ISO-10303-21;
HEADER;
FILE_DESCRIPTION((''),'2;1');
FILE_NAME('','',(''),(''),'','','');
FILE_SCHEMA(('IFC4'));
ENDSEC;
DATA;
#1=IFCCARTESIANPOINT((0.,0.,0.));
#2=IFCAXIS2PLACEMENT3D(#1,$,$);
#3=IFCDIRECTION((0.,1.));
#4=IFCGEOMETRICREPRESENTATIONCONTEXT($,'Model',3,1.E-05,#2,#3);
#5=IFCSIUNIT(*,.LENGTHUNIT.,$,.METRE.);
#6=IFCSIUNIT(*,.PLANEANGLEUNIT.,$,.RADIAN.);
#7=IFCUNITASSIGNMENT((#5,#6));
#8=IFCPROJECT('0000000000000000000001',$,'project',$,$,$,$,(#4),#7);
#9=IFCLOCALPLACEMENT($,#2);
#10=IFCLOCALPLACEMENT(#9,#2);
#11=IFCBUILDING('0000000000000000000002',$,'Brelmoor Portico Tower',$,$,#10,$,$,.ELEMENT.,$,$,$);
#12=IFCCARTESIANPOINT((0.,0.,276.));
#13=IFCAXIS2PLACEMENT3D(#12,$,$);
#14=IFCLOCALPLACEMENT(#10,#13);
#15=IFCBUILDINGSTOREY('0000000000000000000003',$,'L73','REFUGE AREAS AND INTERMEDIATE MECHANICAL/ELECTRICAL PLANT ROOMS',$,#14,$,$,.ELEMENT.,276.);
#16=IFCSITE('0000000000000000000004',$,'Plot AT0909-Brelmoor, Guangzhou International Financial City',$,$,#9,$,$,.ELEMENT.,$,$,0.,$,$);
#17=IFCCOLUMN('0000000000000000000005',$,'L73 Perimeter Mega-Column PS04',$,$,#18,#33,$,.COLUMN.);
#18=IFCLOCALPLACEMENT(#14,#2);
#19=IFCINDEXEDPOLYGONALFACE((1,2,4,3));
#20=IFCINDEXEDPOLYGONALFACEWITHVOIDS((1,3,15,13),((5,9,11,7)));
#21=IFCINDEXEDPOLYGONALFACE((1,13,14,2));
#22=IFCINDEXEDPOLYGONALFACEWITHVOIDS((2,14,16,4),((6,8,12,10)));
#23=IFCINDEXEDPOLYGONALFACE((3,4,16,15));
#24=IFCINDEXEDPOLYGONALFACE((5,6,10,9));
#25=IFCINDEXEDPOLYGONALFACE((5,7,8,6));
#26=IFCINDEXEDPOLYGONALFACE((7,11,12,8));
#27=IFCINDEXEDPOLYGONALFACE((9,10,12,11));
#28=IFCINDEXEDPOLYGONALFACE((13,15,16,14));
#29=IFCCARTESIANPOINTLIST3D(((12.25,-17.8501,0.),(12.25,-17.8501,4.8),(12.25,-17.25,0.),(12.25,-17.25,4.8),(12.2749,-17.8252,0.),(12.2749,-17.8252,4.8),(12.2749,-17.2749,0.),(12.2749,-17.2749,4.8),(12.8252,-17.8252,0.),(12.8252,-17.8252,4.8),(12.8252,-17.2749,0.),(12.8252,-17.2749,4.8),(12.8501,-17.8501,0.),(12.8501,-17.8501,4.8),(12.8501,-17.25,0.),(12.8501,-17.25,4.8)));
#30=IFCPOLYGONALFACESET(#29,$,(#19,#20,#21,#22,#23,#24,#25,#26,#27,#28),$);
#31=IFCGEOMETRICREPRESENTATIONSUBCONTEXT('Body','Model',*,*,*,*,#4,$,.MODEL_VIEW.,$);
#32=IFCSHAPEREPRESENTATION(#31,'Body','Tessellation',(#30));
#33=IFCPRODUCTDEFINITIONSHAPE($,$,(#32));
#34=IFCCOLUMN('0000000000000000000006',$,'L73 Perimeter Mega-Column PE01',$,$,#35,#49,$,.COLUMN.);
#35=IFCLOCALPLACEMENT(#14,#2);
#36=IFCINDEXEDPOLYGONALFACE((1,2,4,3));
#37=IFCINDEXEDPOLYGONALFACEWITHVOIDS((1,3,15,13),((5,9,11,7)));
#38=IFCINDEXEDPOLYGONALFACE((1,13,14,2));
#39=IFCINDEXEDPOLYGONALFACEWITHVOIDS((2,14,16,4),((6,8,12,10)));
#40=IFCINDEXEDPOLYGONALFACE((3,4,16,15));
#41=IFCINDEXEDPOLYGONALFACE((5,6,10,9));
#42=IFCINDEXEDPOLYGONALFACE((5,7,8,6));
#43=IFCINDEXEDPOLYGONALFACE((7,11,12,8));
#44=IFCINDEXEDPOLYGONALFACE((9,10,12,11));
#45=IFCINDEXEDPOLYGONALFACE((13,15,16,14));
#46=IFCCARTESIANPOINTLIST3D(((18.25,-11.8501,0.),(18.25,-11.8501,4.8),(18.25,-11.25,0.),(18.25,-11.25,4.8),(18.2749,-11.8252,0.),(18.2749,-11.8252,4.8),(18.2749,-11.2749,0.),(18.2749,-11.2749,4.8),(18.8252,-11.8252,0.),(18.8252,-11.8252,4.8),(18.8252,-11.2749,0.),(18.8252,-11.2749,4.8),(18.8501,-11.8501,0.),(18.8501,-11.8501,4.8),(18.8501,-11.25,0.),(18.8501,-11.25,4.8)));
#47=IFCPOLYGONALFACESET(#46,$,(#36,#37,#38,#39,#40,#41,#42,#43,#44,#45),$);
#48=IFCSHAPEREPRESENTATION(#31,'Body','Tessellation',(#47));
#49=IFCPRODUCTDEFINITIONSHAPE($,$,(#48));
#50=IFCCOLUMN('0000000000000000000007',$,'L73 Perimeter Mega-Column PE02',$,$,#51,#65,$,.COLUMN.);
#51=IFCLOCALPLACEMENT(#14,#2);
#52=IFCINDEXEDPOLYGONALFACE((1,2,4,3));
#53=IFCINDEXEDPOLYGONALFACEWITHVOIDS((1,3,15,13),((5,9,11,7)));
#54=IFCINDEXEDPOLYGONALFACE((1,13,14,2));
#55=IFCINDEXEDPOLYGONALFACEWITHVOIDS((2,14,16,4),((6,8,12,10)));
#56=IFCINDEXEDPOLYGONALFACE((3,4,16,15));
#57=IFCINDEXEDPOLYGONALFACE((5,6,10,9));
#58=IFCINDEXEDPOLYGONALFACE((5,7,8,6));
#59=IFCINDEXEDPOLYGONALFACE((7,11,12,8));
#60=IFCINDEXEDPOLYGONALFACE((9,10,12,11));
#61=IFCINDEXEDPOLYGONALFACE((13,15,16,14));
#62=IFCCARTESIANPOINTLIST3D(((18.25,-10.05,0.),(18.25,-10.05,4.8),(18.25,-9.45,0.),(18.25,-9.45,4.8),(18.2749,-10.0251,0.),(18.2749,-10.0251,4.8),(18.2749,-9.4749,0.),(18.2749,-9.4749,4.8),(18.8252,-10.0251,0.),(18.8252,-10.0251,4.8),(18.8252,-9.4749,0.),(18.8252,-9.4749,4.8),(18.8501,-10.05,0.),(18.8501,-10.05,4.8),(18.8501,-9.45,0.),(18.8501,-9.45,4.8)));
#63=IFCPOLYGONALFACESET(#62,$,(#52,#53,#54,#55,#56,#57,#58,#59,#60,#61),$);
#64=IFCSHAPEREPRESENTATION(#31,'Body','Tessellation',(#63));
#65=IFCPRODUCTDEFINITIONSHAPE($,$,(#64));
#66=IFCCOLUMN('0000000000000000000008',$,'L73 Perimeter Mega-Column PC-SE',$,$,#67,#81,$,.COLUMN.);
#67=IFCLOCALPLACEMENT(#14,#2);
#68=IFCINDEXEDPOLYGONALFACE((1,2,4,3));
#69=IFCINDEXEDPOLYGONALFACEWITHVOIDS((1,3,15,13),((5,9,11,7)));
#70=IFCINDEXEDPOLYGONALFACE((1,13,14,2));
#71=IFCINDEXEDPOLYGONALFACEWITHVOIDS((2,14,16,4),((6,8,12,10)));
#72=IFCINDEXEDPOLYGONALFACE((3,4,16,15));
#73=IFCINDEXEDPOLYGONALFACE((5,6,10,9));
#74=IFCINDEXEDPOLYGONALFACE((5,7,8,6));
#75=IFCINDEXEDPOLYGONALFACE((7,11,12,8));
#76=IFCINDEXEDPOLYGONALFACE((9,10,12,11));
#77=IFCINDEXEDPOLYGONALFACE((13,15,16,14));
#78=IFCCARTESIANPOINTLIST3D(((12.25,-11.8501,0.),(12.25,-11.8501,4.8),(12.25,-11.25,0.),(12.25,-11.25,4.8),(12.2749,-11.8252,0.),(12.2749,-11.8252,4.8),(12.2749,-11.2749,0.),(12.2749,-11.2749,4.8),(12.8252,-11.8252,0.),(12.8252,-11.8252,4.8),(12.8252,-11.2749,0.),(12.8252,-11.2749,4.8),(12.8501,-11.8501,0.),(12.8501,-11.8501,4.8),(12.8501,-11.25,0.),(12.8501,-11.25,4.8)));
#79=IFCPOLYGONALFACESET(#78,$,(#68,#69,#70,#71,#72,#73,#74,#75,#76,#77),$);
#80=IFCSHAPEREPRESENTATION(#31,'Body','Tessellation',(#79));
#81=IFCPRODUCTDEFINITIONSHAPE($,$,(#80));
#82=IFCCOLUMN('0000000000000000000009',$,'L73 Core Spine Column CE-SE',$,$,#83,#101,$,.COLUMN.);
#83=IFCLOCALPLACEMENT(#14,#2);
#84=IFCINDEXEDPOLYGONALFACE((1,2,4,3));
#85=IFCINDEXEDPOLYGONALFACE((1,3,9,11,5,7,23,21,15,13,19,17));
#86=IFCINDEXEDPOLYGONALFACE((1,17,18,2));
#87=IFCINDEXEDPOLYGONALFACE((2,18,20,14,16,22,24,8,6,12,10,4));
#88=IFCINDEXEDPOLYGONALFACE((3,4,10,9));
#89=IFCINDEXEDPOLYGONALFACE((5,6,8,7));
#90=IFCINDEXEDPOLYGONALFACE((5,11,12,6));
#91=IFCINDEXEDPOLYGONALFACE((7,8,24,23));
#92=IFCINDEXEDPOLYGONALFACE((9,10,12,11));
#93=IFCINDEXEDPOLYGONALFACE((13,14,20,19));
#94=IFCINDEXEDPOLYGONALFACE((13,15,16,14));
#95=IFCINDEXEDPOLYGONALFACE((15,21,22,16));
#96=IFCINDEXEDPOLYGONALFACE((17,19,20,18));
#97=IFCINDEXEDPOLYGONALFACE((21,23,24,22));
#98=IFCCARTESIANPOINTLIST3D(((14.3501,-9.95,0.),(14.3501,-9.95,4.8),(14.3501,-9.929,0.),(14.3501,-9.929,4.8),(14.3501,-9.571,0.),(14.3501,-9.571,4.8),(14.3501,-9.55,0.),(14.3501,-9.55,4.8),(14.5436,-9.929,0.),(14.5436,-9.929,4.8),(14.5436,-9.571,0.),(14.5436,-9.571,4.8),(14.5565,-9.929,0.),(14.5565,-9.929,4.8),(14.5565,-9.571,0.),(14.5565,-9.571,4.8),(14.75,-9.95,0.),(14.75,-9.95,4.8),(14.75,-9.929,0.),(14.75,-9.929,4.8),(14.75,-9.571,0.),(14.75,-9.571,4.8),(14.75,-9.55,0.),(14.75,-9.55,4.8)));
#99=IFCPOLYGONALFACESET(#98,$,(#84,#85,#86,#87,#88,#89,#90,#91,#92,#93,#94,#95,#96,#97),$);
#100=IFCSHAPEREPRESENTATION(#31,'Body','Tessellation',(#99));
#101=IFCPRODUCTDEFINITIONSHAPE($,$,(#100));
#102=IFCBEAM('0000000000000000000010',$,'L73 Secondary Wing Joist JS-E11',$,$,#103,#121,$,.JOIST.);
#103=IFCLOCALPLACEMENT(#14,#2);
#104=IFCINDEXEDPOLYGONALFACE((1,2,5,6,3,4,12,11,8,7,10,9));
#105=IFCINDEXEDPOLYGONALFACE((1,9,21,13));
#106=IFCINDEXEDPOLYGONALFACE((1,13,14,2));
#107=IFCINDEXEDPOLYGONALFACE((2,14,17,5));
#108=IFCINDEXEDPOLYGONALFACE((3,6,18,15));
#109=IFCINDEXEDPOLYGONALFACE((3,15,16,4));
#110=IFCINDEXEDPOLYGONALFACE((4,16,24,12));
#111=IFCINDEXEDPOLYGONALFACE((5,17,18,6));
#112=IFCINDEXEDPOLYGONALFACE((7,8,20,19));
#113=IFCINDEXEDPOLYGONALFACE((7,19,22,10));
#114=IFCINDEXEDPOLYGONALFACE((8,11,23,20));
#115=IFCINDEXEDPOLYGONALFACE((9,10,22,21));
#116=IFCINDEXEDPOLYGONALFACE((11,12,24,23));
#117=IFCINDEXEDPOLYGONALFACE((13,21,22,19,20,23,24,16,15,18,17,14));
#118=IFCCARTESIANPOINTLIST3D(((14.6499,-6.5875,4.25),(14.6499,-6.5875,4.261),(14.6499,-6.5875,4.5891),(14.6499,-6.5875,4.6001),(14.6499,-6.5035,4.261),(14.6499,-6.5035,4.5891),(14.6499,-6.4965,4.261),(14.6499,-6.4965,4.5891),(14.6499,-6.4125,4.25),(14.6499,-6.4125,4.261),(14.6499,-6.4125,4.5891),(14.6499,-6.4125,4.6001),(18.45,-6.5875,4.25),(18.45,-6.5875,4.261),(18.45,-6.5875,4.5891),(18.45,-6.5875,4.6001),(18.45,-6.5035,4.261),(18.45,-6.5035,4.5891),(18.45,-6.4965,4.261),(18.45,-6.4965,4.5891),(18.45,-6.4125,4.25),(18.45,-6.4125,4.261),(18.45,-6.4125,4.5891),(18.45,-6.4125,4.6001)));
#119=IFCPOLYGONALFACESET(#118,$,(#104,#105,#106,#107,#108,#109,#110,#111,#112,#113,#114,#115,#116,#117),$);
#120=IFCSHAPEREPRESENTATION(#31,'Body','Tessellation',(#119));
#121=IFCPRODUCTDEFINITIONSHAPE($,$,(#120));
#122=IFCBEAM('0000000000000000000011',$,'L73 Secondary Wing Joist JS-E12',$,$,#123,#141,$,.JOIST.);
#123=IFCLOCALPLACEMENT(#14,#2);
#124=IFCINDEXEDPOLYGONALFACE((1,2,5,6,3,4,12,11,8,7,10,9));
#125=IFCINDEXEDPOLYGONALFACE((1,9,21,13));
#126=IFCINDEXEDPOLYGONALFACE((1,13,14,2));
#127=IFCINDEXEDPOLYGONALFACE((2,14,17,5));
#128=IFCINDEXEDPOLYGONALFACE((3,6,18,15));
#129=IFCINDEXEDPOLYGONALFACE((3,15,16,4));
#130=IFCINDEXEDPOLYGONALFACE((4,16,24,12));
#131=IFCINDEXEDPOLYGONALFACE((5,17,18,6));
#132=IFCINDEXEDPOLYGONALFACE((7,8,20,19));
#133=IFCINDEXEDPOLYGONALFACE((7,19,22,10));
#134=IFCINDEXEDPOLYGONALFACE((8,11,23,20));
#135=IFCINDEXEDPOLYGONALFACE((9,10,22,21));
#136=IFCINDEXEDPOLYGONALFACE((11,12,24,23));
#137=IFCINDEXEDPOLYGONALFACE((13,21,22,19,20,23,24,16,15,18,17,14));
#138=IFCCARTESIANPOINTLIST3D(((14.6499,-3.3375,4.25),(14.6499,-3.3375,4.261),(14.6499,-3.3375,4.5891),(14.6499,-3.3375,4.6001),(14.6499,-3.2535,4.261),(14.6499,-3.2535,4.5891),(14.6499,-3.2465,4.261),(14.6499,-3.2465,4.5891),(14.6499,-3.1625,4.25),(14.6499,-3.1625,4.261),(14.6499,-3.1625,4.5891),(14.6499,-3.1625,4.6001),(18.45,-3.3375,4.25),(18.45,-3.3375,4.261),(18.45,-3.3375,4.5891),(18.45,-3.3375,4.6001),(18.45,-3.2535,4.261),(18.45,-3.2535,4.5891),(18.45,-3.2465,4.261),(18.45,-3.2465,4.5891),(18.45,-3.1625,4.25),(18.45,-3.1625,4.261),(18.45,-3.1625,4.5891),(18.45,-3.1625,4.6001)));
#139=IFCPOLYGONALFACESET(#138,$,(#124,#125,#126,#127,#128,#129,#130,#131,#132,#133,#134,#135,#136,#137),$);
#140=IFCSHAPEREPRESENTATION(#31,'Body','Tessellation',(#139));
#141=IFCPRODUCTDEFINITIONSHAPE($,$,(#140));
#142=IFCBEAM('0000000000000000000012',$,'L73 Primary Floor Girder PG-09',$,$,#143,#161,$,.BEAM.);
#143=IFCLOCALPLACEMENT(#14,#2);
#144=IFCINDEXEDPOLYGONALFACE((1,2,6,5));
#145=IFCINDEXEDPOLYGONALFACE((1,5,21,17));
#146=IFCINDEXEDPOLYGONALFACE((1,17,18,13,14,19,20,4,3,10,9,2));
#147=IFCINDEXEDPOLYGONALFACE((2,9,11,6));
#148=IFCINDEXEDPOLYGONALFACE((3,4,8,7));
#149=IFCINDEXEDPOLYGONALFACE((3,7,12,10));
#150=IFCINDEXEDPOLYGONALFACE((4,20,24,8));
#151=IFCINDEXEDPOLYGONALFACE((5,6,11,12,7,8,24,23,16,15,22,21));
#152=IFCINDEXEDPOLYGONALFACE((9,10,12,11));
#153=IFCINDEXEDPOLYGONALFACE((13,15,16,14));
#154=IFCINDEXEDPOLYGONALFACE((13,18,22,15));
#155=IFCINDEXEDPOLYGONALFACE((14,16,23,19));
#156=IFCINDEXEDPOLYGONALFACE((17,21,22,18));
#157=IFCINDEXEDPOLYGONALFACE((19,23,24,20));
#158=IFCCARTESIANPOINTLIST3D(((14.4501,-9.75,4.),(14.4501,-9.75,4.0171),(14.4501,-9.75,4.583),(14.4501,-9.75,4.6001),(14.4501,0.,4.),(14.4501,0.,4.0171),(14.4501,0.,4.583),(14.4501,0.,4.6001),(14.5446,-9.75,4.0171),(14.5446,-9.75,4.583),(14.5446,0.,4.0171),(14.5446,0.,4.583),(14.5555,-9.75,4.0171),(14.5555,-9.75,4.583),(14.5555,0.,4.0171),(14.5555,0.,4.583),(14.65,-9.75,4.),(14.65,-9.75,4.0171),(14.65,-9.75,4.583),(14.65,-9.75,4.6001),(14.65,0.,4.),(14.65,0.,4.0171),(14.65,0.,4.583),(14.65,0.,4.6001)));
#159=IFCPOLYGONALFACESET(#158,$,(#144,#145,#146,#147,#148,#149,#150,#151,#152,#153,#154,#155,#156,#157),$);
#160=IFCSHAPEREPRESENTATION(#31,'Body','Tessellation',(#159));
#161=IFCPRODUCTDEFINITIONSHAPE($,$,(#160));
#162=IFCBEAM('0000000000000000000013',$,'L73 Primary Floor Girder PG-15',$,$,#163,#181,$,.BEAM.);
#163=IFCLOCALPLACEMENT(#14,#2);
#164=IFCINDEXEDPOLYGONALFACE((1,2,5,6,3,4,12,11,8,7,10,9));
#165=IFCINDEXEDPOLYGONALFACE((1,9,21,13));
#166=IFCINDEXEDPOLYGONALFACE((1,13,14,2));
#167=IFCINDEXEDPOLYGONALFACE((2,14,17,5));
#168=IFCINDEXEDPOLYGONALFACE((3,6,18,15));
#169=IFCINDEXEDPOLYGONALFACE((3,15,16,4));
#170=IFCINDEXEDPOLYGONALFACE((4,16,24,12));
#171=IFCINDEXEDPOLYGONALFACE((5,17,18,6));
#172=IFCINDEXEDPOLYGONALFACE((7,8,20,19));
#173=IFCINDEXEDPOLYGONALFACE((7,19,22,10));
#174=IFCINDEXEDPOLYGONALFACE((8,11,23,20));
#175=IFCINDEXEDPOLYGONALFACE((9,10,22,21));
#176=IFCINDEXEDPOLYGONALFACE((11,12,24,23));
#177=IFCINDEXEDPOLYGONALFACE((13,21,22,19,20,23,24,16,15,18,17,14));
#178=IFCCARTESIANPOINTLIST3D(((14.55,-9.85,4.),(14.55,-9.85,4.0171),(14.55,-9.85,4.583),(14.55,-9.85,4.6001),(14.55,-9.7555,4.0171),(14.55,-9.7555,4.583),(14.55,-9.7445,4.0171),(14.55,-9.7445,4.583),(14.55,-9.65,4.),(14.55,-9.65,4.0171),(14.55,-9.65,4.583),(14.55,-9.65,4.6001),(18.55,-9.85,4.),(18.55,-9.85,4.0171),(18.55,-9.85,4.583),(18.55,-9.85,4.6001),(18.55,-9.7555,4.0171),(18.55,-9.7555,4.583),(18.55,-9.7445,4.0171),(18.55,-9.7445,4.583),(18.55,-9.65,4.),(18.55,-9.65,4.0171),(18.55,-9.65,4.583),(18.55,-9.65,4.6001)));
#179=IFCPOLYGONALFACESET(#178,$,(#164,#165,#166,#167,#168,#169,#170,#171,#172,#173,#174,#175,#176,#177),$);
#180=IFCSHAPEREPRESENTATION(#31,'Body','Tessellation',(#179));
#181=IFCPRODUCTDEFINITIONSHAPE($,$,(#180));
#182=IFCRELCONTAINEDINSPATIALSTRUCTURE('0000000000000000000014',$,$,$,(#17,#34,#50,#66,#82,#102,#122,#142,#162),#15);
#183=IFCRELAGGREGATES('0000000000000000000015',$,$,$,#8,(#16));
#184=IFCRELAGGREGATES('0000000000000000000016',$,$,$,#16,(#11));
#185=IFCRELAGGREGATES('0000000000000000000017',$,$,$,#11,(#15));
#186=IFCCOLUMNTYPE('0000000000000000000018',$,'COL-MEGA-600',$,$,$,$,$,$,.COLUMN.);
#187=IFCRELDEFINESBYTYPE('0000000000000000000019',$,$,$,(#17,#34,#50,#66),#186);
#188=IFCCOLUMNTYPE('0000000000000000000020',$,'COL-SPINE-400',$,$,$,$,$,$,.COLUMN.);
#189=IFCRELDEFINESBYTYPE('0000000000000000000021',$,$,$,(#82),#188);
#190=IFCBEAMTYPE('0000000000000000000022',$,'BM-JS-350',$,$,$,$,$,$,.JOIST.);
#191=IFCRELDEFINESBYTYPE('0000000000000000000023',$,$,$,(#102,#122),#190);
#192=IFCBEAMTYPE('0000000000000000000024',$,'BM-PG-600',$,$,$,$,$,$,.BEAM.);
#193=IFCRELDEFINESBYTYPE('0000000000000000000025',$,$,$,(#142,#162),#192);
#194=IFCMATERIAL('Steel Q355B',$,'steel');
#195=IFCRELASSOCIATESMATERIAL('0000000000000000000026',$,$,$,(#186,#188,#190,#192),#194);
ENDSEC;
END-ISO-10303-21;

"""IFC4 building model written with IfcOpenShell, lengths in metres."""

from ifc_helpers import new_model, si_unit, direction, frame, origin, origin_2d, place, context, subcontext, project, spatial, hollow_rectangle, i_section, extrude, material, material_profile, profile_set, type_object, element, save


model = new_model("IFC4")

# Units and contexts
model_context = context("Model", 3, precision=1e-05, world=origin(), true_north=direction((0.0, 1.0)))
body_context = subcontext(model_context, "Body", "Model", "MODEL_VIEW")
ifc_project = project(units=[si_unit("LENGTHUNIT", "METRE"), si_unit("PLANEANGLEUNIT", "RADIAN")], contexts=[model_context])

# Site, building, storey
site_placement = place(None, origin())
site = spatial("IfcSite", under=ifc_project, at=site_placement, Name="Plot AT0909-Brelmoor, Guangzhou International Financial City", CompositionType="ELEMENT", RefElevation=0.0)
building_placement = place(site_placement, origin())
building = spatial("IfcBuilding", under=site, at=building_placement, Name="Brelmoor Portico Tower", CompositionType="ELEMENT")
storey_placement = place(building_placement, frame((0.0, 0.0, 276.0)))
storey = spatial("IfcBuildingStorey", under=building, at=storey_placement, Name="L73", Description="REFUGE AREAS AND INTERMEDIATE MECHANICAL/ELECTRICAL PLANT ROOMS", CompositionType="ELEMENT", Elevation=276.0)

# Columns
ifc_material_1 = material(Name="Steel Q355B", Category="steel")
ifc_material_profile_1 = material_profile(ifc_material_1, hollow_rectangle(XDim=0.6001, YDim=0.6001, WallThickness=0.0249, at=origin_2d()), Name="BOX 600x600x25")
ifc_profile_set_1 = profile_set([ifc_material_profile_1], Name="Steel Q355B")
column_type_1 = type_object("IfcColumnType", Name="COL-MEGA-600", PredefinedType="COLUMN", material=ifc_profile_set_1)
for number, where, z_axis, x_axis, name in (
    (1, (12.55, -17.55, 0.0), (0.0, 0.0, 1.0), (1.0, 0.0, 0.0), "L73 Perimeter Mega-Column PS04"),
    (2, (18.55, -11.55, 0.0), (0.0, 0.0, 1.0), (0.0, 1.0, 0.0), "L73 Perimeter Mega-Column PE01"),
    (3, (18.55, -9.75, 0.0), (0.0, 0.0, 1.0), (0.0, 1.0, 0.0), "L73 Perimeter Mega-Column PE02"),
    (4, (12.55, -11.55, 0.0), (0.0, 0.0, 1.0), (1.0, 0.0, 0.0), "L73 Perimeter Mega-Column PC-SE"),
):
    element("IfcColumn", number, at=place(storey_placement, frame(where, z_axis=z_axis, x_axis=x_axis)), inside=storey, type_object=column_type_1, Name=name, PredefinedType="COLUMN", context=body_context, shape_type="SweptSolid", body=[
        extrude(hollow_rectangle(XDim=0.6001, YDim=0.6001, WallThickness=0.0249, at=origin_2d()), origin(), (0.0, 0.0, 1.0), 4.8),
    ])
ifc_material_profile_2 = material_profile(ifc_material_1, i_section(OverallWidth=0.3999, OverallDepth=0.3999, WebThickness=0.0129, FlangeThickness=0.021, at=origin_2d()), Name="HW 400x400x13x21")
ifc_profile_set_2 = profile_set([ifc_material_profile_2], Name="Steel Q355B")
column_type_2 = type_object("IfcColumnType", Name="COL-SPINE-400", PredefinedType="COLUMN", material=ifc_profile_set_2)
column_placement = place(storey_placement, frame((14.55, -9.75, 0.0), z_axis=(0.0, 0.0, 1.0), x_axis=(1.0, 0.0, 0.0)))
element("IfcColumn", 5, at=column_placement, inside=storey, type_object=column_type_2, Name="L73 Core Spine Column CE-SE", PredefinedType="COLUMN", context=body_context, shape_type="SweptSolid", body=[
    extrude(i_section(OverallWidth=0.3999, OverallDepth=0.3999, WebThickness=0.0129, FlangeThickness=0.021, at=origin_2d()), origin(), (0.0, 0.0, 1.0), 4.8),
])

# Beams
ifc_material_profile_3 = material_profile(ifc_material_1, i_section(OverallWidth=0.175, OverallDepth=0.3501, WebThickness=0.0071, FlangeThickness=0.011, at=origin_2d()), Name="HN 350x175x7x11")
ifc_profile_set_3 = profile_set([ifc_material_profile_3], Name="Steel Q355B")
beam_type_1 = type_object("IfcBeamType", Name="BM-JS-350", PredefinedType="JOIST", material=ifc_profile_set_3)
for number, where, z_axis, x_axis, name in (
    (6, (14.6499, -6.5, 4.425), (1.0, 0.0, 0.0), (0.0, 1.0, 0.0), "L73 Secondary Wing Joist JS-E11"),
    (7, (14.6499, -3.25, 4.425), (1.0, 0.0, 0.0), (0.0, 1.0, 0.0), "L73 Secondary Wing Joist JS-E12"),
):
    element("IfcBeam", number, at=place(storey_placement, frame(where, z_axis=z_axis, x_axis=x_axis)), inside=storey, type_object=beam_type_1, Name=name, PredefinedType="JOIST", context=body_context, shape_type="SweptSolid", body=[
        extrude(i_section(OverallWidth=0.175, OverallDepth=0.3501, WebThickness=0.0071, FlangeThickness=0.011, at=origin_2d()), origin(), (0.0, 0.0, 1.0), 3.8),
    ])
ifc_material_profile_4 = material_profile(ifc_material_1, i_section(OverallWidth=0.2, OverallDepth=0.6001, WebThickness=0.011, FlangeThickness=0.0171, at=origin_2d()), Name="HN 600x200x11x17")
ifc_profile_set_4 = profile_set([ifc_material_profile_4], Name="Steel Q355B")
beam_type_2 = type_object("IfcBeamType", Name="BM-PG-600", PredefinedType="BEAM", material=ifc_profile_set_4)
beam_1_placement = place(storey_placement, frame((14.55, -9.75, 4.3), z_axis=(0.0, 1.0, 0.0), x_axis=(-1.0, 0.0, 0.0)))
element("IfcBeam", 8, at=beam_1_placement, inside=storey, type_object=beam_type_2, Name="L73 Primary Floor Girder PG-09", PredefinedType="BEAM", context=body_context, shape_type="SweptSolid", body=[
    extrude(i_section(OverallWidth=0.2, OverallDepth=0.6001, WebThickness=0.011, FlangeThickness=0.0171, at=origin_2d()), origin(), (0.0, 0.0, 1.0), 9.75),
])
beam_2_placement = place(storey_placement, frame((14.55, -9.75, 4.3), z_axis=(1.0, 0.0, 0.0), x_axis=(0.0, 1.0, 0.0)))
element("IfcBeam", 9, at=beam_2_placement, inside=storey, type_object=beam_type_2, Name="L73 Primary Floor Girder PG-15", PredefinedType="BEAM", context=body_context, shape_type="SweptSolid", body=[
    extrude(i_section(OverallWidth=0.2, OverallDepth=0.6001, WebThickness=0.011, FlangeThickness=0.0171, at=origin_2d()), origin(), (0.0, 0.0, 1.0), 4.0),
])

save(model, "model.ifc")
